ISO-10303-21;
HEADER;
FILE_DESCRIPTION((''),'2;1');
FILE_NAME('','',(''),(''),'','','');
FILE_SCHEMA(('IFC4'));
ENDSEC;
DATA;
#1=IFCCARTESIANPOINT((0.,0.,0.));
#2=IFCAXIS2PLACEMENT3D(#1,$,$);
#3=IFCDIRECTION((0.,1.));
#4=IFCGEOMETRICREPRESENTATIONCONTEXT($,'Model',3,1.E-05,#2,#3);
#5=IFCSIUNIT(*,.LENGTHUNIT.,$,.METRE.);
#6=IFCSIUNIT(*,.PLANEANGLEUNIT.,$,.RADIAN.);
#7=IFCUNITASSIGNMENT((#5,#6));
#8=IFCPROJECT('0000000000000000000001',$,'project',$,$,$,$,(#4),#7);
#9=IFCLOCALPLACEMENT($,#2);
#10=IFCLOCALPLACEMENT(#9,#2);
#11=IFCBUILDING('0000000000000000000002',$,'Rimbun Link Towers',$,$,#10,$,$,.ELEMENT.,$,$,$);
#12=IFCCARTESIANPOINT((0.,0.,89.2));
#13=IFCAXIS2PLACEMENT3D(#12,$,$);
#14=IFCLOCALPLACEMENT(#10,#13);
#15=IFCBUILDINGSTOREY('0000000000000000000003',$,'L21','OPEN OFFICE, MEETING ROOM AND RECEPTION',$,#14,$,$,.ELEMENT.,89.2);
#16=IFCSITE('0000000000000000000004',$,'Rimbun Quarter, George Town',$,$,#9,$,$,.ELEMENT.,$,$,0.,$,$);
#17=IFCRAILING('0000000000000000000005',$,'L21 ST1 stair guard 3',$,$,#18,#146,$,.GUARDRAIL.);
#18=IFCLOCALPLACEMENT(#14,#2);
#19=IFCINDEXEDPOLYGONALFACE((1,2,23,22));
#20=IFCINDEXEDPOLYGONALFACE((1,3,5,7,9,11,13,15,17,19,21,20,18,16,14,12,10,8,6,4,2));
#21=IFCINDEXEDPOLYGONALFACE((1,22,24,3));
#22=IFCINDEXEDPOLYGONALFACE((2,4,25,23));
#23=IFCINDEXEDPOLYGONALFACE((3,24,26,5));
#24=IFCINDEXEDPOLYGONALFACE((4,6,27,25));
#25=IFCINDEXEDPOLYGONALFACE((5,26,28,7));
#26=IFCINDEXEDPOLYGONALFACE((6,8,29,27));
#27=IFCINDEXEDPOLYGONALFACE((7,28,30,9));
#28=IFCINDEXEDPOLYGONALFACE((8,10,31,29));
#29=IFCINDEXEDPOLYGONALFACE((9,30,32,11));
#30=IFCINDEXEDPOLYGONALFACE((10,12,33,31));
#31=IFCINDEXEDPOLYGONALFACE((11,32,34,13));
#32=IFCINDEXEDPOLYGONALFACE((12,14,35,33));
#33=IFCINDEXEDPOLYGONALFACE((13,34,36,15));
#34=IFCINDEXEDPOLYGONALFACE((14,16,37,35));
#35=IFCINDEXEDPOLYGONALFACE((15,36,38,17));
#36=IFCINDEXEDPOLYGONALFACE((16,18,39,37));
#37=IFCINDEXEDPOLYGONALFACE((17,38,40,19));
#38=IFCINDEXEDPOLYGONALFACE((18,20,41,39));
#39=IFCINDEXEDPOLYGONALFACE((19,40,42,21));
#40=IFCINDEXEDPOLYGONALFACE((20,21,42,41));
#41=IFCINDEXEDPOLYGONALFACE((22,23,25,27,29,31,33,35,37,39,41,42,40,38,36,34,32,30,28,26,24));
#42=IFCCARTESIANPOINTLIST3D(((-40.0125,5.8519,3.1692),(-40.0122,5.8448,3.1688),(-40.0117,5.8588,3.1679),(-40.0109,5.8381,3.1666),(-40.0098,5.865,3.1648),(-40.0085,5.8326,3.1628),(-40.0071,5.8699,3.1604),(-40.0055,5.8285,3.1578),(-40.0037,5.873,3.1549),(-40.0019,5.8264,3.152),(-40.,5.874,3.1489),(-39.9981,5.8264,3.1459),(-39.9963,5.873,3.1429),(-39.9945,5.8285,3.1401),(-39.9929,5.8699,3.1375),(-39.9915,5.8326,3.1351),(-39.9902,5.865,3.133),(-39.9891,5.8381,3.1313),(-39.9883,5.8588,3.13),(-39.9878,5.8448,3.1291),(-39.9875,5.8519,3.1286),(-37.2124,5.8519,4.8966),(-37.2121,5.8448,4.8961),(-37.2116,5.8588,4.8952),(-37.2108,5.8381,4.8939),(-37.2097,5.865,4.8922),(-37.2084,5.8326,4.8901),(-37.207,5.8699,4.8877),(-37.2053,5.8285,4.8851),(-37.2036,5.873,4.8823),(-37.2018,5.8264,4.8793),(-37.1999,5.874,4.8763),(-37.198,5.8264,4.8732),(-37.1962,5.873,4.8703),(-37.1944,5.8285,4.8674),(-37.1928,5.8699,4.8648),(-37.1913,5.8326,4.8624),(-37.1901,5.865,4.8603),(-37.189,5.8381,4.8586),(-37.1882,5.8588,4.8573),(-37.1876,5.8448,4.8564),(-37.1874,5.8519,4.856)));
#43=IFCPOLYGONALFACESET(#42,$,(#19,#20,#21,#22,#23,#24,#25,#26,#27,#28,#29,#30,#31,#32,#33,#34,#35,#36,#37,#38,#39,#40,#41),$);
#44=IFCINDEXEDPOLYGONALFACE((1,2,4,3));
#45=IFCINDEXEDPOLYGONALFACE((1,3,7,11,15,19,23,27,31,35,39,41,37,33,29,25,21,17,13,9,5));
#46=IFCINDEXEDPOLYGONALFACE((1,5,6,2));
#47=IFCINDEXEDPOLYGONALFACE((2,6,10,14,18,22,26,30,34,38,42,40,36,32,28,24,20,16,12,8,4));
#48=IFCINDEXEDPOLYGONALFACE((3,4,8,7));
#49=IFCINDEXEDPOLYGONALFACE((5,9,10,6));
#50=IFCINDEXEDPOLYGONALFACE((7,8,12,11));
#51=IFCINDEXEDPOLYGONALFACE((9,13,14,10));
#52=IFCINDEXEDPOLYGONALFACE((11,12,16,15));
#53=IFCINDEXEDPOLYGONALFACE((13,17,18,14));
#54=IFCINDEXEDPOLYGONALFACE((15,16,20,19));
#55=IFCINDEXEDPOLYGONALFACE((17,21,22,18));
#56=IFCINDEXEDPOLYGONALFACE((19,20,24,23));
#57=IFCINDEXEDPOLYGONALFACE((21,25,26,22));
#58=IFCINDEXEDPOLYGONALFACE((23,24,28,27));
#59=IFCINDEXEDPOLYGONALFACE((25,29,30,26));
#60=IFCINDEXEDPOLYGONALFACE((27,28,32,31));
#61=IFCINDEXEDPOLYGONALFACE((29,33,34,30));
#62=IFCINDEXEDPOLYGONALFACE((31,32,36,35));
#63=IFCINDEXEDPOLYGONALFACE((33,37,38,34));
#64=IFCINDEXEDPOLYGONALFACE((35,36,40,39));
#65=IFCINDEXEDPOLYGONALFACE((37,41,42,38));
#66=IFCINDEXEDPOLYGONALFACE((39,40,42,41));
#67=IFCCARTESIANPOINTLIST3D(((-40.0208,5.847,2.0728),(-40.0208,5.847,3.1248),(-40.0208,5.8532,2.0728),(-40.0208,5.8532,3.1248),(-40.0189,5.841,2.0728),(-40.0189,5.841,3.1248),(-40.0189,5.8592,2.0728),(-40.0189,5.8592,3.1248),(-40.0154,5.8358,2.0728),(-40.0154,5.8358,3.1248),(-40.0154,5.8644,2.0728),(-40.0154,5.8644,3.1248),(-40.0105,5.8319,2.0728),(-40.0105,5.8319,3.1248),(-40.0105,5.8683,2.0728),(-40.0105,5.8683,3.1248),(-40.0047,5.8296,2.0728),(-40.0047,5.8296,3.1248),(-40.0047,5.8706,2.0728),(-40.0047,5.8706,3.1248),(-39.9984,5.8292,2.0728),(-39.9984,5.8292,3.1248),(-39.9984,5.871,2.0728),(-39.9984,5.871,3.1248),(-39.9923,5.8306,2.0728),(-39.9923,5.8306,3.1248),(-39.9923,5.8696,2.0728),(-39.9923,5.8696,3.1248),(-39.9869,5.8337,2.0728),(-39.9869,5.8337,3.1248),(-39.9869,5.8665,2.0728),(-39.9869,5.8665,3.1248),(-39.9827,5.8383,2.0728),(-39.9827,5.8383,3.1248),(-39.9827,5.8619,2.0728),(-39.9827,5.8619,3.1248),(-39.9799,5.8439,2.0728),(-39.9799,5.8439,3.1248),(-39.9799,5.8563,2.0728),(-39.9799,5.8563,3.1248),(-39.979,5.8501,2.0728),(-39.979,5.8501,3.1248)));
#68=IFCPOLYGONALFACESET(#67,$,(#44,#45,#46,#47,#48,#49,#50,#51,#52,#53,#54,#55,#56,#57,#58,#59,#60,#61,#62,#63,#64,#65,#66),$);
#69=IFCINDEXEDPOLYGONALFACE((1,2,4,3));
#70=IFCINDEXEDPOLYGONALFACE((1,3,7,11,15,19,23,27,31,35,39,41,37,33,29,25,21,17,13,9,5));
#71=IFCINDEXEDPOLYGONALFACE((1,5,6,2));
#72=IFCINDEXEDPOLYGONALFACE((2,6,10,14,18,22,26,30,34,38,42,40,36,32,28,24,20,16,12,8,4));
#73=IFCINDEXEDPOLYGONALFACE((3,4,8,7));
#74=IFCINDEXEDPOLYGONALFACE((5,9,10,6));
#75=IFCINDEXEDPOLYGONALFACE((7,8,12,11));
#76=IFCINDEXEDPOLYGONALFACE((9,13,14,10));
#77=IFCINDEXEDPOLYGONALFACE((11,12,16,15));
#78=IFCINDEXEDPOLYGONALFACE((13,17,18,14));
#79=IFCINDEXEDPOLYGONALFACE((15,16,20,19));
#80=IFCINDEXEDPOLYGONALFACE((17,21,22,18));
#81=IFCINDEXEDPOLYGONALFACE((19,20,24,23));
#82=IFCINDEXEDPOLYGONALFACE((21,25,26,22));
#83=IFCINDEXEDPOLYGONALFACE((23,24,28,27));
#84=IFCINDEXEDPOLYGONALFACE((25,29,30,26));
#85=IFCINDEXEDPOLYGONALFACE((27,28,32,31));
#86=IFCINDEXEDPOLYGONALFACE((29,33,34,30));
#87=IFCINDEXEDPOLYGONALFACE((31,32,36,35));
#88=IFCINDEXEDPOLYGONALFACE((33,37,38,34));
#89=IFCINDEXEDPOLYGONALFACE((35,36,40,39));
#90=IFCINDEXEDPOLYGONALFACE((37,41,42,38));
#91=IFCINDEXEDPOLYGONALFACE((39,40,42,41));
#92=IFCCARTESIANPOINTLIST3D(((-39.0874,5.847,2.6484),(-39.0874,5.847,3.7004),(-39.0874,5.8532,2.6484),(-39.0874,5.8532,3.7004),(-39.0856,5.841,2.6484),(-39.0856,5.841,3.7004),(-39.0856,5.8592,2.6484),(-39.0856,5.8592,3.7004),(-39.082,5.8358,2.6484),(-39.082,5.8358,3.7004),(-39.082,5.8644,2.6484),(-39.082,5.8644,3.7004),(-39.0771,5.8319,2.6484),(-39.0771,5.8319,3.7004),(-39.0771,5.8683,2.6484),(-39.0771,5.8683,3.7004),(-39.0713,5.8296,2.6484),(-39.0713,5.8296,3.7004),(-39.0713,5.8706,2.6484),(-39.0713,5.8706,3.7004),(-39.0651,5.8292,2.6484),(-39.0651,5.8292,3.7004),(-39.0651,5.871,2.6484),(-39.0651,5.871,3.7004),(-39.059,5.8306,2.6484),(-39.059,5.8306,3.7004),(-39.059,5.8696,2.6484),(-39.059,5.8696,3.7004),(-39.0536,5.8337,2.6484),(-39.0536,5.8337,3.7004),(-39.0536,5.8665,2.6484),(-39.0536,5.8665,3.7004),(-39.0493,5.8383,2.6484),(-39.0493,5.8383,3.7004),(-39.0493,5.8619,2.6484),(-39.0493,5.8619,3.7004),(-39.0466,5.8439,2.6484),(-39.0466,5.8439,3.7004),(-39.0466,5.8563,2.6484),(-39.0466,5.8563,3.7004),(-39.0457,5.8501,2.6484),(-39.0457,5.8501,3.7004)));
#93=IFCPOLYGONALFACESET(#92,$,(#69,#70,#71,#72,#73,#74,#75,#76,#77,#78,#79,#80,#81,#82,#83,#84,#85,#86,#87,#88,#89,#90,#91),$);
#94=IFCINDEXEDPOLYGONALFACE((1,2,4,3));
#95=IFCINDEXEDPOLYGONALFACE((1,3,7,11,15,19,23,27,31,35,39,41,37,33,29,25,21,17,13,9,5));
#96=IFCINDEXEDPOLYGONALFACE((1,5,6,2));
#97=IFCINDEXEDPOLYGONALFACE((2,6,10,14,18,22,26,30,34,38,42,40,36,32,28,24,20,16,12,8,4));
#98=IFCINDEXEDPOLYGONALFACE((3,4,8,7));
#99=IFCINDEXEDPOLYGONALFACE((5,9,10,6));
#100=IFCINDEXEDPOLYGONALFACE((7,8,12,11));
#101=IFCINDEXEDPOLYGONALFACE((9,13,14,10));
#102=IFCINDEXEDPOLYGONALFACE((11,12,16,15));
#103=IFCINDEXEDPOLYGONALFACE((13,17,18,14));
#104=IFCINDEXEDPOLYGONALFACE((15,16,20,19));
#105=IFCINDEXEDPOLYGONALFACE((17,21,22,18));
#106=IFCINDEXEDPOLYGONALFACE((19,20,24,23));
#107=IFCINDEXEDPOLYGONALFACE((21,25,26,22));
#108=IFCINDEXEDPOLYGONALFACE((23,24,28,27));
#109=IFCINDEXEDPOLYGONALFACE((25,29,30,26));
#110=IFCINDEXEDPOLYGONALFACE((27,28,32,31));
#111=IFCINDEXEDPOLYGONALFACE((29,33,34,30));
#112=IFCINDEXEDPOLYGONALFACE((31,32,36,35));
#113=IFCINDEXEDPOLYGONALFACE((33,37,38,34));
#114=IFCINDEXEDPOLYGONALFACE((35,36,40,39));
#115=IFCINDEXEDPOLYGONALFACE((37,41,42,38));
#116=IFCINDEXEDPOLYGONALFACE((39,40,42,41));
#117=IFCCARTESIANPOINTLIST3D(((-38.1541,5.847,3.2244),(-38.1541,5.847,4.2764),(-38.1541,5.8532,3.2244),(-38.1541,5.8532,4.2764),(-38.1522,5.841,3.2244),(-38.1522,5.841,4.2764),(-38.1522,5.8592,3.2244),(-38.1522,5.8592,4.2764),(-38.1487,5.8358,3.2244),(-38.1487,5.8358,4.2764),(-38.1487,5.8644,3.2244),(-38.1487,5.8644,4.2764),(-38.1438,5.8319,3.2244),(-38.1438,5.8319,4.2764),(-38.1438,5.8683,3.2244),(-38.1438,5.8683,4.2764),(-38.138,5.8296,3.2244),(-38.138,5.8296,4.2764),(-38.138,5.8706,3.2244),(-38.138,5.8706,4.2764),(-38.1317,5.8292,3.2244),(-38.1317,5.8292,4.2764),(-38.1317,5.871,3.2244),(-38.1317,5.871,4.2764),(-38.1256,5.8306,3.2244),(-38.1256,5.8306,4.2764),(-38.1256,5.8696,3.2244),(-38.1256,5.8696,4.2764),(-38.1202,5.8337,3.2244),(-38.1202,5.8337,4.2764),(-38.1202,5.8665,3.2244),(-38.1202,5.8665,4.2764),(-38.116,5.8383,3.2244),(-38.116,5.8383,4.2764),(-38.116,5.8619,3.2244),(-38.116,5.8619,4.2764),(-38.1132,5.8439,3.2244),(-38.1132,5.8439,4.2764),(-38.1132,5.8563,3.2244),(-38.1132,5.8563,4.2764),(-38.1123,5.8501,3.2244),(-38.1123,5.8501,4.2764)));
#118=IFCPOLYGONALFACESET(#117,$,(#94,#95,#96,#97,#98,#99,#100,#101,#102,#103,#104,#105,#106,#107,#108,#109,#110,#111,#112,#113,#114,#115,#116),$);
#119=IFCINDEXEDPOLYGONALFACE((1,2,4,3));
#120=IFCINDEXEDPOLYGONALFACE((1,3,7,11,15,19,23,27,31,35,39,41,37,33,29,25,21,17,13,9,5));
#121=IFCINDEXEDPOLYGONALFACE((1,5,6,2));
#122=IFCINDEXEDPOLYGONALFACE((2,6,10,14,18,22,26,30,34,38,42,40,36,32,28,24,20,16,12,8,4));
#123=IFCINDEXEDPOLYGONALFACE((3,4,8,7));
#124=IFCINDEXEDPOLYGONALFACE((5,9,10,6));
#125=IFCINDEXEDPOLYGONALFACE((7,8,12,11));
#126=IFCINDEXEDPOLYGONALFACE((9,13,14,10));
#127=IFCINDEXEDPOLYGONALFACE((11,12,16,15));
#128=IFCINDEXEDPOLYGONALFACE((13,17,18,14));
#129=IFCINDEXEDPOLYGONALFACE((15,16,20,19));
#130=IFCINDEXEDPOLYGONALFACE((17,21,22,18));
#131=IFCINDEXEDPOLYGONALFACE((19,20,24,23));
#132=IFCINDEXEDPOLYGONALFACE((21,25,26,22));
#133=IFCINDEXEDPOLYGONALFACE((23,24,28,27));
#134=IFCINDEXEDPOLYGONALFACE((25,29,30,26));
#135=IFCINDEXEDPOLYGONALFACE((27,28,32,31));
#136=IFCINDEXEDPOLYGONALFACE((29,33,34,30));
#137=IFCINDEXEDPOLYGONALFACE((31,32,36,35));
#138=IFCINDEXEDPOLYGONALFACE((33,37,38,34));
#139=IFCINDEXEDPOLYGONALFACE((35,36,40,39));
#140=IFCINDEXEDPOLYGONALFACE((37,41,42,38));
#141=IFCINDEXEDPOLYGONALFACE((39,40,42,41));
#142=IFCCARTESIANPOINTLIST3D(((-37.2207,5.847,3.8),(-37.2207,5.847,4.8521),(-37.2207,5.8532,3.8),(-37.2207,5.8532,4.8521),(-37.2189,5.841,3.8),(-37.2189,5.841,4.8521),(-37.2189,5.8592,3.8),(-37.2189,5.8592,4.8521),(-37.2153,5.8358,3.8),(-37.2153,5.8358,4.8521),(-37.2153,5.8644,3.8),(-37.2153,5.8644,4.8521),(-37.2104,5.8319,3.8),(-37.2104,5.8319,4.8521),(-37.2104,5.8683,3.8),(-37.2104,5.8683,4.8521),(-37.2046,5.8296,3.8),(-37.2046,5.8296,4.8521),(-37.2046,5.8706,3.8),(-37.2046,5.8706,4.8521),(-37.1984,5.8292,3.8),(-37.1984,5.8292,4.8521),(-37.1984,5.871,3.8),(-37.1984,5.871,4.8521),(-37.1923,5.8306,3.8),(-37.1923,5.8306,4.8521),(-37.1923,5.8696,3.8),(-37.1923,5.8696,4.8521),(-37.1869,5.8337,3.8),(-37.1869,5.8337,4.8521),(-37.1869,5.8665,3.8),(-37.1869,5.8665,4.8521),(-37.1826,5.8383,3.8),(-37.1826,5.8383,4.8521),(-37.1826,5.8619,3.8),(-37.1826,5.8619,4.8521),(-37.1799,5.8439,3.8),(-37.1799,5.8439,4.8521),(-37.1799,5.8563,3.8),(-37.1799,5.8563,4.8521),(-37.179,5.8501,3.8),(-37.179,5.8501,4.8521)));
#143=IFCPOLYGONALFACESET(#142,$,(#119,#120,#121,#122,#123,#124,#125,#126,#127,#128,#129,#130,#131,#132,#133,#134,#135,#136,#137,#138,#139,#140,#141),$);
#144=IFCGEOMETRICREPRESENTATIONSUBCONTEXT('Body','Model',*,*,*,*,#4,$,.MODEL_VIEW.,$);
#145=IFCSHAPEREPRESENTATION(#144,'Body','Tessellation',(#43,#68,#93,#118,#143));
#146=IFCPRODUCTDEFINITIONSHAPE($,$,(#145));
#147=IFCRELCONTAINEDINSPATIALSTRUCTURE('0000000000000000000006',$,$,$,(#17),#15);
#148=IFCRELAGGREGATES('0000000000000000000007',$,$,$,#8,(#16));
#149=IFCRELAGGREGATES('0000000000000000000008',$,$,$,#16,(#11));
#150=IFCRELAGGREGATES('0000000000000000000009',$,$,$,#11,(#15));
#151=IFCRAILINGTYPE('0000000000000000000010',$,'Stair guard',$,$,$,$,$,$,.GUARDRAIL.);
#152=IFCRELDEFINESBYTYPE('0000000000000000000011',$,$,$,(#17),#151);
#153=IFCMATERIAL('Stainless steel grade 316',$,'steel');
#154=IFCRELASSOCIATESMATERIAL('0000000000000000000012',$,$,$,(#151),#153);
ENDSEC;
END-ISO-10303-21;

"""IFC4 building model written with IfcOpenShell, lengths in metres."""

from ifc_helpers import new_model, si_unit, direction, frame, origin, origin_2d, place, context, subcontext, project, spatial, circle, extrude, material, type_object, element, save


model = new_model("IFC4")

# Units and contexts
model_context = context("Model", 3, precision=1e-05, world=origin(), true_north=direction((0.0, 1.0)))
body_context = subcontext(model_context, "Body", "Model", "MODEL_VIEW")
ifc_project = project(units=[si_unit("LENGTHUNIT", "METRE"), si_unit("PLANEANGLEUNIT", "RADIAN")], contexts=[model_context])

# Site, building, storey
site_placement = place(None, origin())
site = spatial("IfcSite", under=ifc_project, at=site_placement, Name="Rimbun Quarter, George Town", CompositionType="ELEMENT", RefElevation=0.0)
building_placement = place(site_placement, origin())
building = spatial("IfcBuilding", under=site, at=building_placement, Name="Rimbun Link Towers", CompositionType="ELEMENT")
storey_placement = place(building_placement, frame((0.0, 0.0, 89.2)))
storey = spatial("IfcBuildingStorey", under=building, at=storey_placement, Name="L21", Description="OPEN OFFICE, MEETING ROOM AND RECEPTION", CompositionType="ELEMENT", Elevation=89.2)

# Railing
ifc_material_1 = material(Name="Stainless steel grade 316", Category="steel")
railing_type_1 = type_object("IfcRailingType", Name="Stair guard", PredefinedType="GUARDRAIL", material=ifc_material_1)
railing_1_placement = place(storey_placement, frame((-40.0, 5.8501, 2.0728)))
element("IfcRailing", 1, at=railing_1_placement, inside=storey, type_object=railing_type_1, Name="L21 ST1 stair guard 3", PredefinedType="GUARDRAIL", context=body_context, shape_type="SweptSolid", body=[
    extrude(circle(Radius=0.0239, at=origin_2d()), frame((0.0, 0.0, 1.0762), z_axis=(0.85109, 0.0, 0.52502), x_axis=(0.0, 1.0, 0.0)), (0.0, 0.0, 1.0), 3.29),
    extrude(circle(Radius=0.021, at=origin_2d()), origin(), (0.0, 0.0, 1.0), 1.052),
    extrude(circle(Radius=0.021, at=origin_2d()), frame((0.9333, 0.0, 0.5757)), (0.0, 0.0, 1.0), 1.052),
    extrude(circle(Radius=0.021, at=origin_2d()), frame((1.8667, 0.0, 1.1516)), (0.0, 0.0, 1.0), 1.052),
    extrude(circle(Radius=0.021, at=origin_2d()), frame((2.8, 0.0, 1.7273)), (0.0, 0.0, 1.0), 1.052),
])

save(model, "model.ifc")
